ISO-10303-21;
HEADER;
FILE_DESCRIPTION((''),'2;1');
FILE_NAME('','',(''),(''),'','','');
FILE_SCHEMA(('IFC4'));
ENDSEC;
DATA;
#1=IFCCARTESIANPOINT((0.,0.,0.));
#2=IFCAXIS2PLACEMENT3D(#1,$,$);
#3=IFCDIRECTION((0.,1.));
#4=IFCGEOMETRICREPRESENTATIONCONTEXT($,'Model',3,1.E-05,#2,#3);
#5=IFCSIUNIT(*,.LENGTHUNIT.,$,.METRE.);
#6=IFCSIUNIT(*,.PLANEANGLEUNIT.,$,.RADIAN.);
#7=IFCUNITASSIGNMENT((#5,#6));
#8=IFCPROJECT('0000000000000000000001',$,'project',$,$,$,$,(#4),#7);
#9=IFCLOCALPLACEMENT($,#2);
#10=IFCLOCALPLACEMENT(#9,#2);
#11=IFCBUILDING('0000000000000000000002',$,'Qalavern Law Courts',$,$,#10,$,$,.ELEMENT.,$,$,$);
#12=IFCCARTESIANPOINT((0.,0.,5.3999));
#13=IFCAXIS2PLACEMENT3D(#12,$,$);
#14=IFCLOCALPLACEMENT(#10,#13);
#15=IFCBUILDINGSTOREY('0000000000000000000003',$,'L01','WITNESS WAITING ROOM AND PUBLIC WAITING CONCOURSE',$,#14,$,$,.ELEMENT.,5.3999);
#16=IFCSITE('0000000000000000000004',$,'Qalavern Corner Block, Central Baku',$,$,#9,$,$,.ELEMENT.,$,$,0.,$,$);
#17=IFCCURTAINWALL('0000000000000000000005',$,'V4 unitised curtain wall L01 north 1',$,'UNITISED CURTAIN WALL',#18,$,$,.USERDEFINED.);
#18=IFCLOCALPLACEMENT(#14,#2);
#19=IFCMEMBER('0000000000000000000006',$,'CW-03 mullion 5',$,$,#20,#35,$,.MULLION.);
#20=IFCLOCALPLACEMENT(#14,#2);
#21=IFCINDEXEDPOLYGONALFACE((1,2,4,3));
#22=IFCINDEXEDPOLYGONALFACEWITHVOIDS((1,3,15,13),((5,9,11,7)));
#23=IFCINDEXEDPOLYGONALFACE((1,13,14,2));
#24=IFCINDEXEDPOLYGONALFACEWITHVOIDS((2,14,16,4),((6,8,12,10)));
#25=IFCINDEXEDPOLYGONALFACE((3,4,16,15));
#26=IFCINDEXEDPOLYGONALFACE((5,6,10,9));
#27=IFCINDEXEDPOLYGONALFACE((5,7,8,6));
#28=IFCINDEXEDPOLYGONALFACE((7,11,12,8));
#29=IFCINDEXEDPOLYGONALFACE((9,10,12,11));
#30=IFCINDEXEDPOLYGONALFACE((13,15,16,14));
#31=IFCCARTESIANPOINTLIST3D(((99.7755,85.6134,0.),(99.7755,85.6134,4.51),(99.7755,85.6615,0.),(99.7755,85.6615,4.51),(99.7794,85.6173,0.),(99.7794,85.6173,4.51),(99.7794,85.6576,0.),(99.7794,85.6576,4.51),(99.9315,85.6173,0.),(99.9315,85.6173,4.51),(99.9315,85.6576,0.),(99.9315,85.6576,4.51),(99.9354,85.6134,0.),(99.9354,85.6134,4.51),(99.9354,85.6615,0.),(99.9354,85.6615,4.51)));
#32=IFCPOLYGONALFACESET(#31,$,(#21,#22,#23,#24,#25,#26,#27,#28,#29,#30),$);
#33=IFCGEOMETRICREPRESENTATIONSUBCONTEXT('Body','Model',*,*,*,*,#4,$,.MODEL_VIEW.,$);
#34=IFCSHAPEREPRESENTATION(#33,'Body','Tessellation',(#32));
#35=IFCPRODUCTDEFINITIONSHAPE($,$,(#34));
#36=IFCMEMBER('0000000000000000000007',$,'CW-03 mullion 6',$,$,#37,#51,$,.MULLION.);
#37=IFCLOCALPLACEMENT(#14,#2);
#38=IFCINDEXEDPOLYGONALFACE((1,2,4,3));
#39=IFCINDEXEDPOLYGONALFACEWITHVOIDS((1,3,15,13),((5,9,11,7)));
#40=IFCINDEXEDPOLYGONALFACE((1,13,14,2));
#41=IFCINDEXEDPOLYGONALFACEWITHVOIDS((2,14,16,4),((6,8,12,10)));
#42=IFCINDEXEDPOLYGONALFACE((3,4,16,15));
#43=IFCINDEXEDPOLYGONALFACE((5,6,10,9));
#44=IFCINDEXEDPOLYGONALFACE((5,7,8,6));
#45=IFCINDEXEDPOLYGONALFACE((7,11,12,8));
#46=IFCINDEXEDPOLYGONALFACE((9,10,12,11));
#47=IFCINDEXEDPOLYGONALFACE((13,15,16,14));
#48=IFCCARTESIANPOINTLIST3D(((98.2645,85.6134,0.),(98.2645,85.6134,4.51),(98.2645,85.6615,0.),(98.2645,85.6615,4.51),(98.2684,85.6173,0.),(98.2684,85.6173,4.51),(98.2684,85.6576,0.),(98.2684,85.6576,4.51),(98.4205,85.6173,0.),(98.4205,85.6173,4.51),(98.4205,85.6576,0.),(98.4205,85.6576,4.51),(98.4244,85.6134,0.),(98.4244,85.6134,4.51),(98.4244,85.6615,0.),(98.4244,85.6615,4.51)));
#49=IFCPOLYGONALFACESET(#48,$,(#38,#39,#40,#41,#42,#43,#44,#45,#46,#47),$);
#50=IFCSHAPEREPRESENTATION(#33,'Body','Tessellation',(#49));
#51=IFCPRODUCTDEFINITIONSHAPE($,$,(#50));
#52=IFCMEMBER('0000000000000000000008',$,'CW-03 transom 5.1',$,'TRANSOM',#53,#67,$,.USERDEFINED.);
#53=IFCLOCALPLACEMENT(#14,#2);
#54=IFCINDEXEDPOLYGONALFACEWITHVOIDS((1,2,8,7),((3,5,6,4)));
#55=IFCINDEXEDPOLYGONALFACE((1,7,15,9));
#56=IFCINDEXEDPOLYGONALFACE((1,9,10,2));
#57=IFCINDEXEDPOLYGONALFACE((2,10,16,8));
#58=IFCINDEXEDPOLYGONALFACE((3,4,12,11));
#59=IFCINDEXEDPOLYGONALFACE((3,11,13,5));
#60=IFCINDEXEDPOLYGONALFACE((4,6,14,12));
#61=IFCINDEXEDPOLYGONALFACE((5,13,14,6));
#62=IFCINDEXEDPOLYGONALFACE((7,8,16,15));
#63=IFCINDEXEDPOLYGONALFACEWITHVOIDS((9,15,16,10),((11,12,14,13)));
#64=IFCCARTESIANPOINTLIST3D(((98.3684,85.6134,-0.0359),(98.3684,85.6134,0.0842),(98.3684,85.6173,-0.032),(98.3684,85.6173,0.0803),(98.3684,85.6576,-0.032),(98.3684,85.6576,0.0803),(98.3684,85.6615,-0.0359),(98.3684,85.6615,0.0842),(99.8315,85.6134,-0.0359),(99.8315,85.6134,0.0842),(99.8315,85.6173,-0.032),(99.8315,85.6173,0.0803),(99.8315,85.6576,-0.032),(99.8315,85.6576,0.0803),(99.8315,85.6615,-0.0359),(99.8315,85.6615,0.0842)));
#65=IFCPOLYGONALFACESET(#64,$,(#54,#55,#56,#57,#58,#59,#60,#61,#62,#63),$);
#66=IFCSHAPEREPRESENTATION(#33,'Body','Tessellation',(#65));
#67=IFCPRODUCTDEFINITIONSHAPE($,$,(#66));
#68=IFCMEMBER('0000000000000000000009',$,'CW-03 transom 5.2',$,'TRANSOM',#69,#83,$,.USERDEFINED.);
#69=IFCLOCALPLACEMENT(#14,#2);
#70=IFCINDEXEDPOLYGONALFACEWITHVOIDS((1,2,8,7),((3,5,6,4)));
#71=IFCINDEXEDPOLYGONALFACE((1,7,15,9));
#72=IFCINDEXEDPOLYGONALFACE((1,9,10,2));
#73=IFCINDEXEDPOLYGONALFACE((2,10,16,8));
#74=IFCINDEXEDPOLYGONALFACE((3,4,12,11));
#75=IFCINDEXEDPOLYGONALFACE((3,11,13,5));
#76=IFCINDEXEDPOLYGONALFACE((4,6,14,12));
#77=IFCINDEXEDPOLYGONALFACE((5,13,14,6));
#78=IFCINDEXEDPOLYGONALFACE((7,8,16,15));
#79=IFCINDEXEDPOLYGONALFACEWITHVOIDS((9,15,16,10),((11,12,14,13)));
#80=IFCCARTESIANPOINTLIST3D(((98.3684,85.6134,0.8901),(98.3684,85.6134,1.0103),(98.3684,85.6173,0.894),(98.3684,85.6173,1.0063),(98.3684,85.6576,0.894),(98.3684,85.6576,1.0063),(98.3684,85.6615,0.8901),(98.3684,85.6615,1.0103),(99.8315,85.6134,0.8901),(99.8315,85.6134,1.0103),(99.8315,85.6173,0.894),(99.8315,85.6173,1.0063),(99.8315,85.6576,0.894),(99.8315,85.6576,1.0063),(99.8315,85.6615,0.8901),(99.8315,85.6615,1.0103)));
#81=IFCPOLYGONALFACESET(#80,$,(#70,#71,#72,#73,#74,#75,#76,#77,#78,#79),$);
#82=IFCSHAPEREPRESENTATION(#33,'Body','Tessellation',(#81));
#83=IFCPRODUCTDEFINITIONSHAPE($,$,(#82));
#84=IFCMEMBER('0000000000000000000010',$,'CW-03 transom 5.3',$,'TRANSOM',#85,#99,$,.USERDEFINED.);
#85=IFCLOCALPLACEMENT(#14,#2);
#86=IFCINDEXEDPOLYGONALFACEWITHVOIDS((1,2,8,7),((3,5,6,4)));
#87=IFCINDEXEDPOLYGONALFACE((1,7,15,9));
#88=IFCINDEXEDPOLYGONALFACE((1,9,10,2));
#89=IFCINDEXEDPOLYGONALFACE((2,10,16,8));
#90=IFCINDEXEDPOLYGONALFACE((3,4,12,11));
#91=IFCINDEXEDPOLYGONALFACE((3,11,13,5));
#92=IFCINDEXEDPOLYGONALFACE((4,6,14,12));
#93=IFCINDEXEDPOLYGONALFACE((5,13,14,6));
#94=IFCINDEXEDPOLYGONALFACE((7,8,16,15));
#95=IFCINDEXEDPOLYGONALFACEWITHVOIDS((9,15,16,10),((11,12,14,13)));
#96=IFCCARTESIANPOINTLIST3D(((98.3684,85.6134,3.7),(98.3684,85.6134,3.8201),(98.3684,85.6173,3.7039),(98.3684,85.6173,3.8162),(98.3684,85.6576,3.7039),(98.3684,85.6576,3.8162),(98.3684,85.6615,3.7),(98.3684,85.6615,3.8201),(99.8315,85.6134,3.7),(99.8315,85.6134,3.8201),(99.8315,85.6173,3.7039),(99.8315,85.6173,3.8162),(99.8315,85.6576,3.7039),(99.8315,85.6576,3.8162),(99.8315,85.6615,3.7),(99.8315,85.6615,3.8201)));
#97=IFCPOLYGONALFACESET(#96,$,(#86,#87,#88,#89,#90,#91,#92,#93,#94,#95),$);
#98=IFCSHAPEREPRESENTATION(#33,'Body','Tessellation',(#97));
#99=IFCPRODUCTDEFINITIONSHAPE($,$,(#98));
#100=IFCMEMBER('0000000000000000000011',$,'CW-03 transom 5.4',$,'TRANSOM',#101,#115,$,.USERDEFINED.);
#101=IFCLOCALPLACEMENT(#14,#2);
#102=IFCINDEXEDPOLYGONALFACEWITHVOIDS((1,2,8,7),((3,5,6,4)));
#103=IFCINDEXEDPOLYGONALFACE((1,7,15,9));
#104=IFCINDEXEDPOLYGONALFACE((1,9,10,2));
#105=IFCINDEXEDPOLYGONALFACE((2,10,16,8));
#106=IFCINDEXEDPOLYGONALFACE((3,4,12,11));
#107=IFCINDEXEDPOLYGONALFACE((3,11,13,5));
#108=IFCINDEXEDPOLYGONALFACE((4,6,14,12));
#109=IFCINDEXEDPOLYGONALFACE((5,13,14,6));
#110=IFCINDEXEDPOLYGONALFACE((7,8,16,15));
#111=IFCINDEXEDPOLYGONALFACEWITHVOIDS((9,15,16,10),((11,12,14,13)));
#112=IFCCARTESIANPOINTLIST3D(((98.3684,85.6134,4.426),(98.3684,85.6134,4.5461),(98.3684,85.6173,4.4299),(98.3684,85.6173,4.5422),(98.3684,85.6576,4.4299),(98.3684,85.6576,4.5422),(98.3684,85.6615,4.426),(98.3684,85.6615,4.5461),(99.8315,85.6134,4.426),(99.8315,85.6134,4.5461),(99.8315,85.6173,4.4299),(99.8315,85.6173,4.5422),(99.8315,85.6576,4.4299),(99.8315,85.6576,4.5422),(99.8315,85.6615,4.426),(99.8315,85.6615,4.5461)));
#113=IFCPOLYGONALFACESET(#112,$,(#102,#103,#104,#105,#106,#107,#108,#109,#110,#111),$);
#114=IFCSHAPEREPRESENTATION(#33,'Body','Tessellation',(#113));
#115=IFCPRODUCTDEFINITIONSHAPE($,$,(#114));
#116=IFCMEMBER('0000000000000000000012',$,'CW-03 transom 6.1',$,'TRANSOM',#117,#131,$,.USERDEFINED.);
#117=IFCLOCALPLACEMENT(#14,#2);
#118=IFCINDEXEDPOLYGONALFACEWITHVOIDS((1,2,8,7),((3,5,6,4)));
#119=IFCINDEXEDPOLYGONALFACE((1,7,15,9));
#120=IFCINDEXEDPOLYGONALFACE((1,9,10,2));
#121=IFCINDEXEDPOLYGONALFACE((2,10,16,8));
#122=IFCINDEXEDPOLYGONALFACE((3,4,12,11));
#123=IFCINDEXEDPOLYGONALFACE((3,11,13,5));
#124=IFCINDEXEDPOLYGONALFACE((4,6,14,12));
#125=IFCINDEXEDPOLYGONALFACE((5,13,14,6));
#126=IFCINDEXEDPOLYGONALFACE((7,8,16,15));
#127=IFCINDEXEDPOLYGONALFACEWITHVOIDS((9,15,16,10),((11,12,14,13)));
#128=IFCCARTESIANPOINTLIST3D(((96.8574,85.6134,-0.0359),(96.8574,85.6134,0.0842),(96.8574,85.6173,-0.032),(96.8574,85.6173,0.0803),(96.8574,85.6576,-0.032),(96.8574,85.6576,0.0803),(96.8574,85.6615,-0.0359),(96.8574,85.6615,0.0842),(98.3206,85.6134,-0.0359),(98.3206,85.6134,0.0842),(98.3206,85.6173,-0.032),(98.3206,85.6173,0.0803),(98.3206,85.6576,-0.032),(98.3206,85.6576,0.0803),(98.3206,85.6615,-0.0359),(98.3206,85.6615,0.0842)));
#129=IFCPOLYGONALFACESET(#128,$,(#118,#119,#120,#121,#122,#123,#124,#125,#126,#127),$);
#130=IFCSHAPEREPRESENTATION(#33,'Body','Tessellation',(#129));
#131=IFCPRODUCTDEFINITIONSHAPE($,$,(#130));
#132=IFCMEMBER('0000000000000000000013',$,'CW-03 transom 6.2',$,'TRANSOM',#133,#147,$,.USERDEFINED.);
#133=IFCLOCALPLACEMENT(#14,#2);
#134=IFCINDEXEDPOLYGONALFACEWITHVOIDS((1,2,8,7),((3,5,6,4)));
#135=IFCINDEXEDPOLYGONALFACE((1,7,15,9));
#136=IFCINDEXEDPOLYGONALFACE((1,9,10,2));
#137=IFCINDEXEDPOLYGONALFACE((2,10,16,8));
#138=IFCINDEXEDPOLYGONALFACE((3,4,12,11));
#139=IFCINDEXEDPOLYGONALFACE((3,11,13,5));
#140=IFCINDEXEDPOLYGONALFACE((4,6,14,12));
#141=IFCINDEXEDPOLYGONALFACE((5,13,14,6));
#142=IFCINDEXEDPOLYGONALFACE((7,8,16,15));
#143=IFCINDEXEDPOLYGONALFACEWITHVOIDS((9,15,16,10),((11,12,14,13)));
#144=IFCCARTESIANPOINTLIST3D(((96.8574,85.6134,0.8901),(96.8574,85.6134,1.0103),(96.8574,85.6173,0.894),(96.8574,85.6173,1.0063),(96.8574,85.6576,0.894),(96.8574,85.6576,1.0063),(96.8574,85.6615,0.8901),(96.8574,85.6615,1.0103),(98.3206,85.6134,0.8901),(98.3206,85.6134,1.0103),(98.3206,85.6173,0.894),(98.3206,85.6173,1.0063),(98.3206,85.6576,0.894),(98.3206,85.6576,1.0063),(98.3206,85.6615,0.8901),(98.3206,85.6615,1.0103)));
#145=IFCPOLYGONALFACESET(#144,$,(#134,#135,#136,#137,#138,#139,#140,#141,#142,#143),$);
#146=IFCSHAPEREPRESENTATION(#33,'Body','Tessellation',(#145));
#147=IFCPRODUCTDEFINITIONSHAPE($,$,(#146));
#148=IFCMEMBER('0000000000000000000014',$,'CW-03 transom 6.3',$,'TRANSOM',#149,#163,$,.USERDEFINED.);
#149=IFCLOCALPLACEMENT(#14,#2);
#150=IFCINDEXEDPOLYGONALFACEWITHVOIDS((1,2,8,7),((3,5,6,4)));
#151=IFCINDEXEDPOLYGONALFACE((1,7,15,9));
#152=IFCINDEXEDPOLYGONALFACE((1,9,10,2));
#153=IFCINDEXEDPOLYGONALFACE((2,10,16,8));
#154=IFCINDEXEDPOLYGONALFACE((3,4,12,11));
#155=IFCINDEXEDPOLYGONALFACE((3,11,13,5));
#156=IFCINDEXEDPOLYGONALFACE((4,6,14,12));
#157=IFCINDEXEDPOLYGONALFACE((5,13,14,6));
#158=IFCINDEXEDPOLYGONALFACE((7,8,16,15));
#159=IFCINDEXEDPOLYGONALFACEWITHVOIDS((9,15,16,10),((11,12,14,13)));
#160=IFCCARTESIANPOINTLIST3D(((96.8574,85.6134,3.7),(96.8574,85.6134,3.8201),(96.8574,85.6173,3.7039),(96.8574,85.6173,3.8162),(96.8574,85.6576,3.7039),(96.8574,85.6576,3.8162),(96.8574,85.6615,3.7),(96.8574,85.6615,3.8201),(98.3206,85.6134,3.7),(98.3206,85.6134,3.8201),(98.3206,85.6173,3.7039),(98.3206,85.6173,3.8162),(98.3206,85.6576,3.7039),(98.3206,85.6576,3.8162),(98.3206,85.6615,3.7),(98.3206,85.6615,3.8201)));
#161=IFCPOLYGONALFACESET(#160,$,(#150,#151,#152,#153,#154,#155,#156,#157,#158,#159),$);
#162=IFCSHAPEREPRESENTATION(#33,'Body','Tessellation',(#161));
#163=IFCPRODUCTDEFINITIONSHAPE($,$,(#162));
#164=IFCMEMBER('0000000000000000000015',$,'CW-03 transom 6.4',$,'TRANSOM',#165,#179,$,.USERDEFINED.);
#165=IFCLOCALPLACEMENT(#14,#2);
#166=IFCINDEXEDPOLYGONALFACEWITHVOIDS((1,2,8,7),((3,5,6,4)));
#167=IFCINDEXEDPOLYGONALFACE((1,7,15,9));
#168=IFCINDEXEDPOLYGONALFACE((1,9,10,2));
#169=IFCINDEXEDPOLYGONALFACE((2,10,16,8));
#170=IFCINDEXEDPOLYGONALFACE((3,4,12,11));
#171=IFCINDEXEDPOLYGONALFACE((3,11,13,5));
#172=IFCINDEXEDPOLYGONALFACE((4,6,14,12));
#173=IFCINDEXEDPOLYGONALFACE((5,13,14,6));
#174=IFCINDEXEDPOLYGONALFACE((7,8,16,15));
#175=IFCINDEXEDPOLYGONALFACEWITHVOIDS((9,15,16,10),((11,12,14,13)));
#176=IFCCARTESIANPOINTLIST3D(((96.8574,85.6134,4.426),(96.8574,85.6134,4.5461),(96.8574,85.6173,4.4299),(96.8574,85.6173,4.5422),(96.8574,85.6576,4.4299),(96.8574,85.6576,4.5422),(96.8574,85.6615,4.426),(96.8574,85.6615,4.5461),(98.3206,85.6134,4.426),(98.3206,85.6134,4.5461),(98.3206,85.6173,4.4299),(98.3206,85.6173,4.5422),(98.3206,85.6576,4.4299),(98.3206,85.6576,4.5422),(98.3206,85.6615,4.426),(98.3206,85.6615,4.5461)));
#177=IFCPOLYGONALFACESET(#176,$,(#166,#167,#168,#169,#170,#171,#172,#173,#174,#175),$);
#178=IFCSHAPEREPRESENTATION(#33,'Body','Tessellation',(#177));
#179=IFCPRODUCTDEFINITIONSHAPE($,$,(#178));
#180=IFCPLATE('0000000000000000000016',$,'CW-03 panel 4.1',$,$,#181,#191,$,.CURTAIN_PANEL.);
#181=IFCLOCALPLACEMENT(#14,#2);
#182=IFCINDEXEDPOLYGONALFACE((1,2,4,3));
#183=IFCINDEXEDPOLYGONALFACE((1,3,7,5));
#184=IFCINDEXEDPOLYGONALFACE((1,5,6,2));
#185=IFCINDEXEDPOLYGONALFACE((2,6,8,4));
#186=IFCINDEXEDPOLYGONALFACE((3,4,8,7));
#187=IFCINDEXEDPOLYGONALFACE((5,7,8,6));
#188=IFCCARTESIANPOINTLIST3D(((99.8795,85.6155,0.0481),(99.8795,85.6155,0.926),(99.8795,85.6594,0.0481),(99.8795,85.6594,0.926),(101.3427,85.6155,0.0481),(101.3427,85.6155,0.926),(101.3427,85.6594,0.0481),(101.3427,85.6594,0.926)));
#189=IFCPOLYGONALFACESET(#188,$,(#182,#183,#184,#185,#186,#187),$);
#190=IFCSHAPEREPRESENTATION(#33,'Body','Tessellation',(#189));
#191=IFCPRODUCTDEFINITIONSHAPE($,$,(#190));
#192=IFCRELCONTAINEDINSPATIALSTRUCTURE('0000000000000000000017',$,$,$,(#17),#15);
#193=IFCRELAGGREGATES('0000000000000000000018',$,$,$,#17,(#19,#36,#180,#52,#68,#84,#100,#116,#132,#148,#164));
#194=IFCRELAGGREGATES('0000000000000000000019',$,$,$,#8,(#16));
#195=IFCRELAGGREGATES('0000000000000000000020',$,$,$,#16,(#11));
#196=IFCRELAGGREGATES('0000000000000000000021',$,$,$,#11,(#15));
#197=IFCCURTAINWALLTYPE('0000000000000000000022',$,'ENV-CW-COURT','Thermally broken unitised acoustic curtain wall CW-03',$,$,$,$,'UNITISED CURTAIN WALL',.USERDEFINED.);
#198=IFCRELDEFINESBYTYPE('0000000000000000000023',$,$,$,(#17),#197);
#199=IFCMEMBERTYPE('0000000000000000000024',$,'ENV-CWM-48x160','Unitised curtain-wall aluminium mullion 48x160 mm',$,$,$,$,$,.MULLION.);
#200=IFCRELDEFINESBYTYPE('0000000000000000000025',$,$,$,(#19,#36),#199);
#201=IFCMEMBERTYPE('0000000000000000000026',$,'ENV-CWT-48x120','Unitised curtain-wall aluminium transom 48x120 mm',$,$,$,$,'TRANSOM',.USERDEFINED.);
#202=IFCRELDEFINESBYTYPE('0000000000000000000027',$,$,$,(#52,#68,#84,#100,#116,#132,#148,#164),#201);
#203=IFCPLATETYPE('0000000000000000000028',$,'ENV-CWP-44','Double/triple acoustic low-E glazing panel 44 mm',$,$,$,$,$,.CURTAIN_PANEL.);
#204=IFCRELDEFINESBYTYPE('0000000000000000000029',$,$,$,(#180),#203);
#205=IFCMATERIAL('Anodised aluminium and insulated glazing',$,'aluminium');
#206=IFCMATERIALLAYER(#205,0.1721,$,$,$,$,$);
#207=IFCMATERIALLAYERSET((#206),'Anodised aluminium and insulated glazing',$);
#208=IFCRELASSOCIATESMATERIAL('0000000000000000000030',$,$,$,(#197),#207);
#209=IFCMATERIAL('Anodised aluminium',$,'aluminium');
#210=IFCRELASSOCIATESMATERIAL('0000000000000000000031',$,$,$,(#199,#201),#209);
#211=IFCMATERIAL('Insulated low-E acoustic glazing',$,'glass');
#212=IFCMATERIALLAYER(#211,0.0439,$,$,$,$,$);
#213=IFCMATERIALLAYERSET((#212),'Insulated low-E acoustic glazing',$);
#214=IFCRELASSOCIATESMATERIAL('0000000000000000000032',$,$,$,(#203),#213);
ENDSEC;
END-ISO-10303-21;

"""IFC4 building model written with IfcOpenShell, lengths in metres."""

from ifc_helpers import new_model, si_unit, direction, frame, origin, origin_2d, place, context, subcontext, project, spatial, rectangle, hollow_rectangle, extrude, material, layer, layer_set, material_profile, profile_set, type_object, element, aggregate, save


model = new_model("IFC4")

# Units and contexts
model_context = context("Model", 3, precision=1e-05, world=origin(), true_north=direction((0.0, 1.0)))
body_context = subcontext(model_context, "Body", "Model", "MODEL_VIEW")
ifc_project = project(units=[si_unit("LENGTHUNIT", "METRE"), si_unit("PLANEANGLEUNIT", "RADIAN")], contexts=[model_context])

# Site, building, storey
site_placement = place(None, origin())
site = spatial("IfcSite", under=ifc_project, at=site_placement, Name="Qalavern Corner Block, Central Baku", CompositionType="ELEMENT", RefElevation=0.0)
building_placement = place(site_placement, origin())
building = spatial("IfcBuilding", under=site, at=building_placement, Name="Qalavern Law Courts", CompositionType="ELEMENT")
storey_placement = place(building_placement, frame((0.0, 0.0, 5.3999)))
storey = spatial("IfcBuildingStorey", under=building, at=storey_placement, Name="L01", Description="WITNESS WAITING ROOM AND PUBLIC WAITING CONCOURSE", CompositionType="ELEMENT", Elevation=5.3999)

# Curtain wall, members, plate
ifc_material_1 = material(Name="Anodised aluminium and insulated glazing", Category="aluminium")
ifc_layer_1 = layer(ifc_material_1, 0.1721)
ifc_layer_set_1 = layer_set([ifc_layer_1], Name="Anodised aluminium and insulated glazing")
curtain_wall_type = type_object("IfcCurtainWallType", Name="ENV-CW-COURT", Description="Thermally broken unitised acoustic curtain wall CW-03", ElementType="UNITISED CURTAIN WALL", PredefinedType="USERDEFINED", material=ifc_layer_set_1)
curtain_wall_placement = place(storey_placement, origin())
curtain_wall = element("IfcCurtainWall", 1, at=curtain_wall_placement, inside=storey, type_object=curtain_wall_type, Name="V4 unitised curtain wall L01 north 1", ObjectType="UNITISED CURTAIN WALL", PredefinedType="USERDEFINED")
ifc_material_2 = material(Name="Anodised aluminium", Category="aluminium")
ifc_material_profile_1 = material_profile(ifc_material_2, hollow_rectangle(XDim=0.0481, YDim=0.1599, WallThickness=0.0039, at=origin_2d()), Name="ALU MULLION 48x160")
ifc_profile_set_1 = profile_set([ifc_material_profile_1], Name="Anodised aluminium")
member_type_1 = type_object("IfcMemberType", Name="ENV-CWM-48x160", Description="Unitised curtain-wall aluminium mullion 48x160 mm", PredefinedType="MULLION", material=ifc_profile_set_1)
member_1_placement = place(storey_placement, frame((99.8555, 85.6375, 0.0), z_axis=(0.0, 0.0, 1.0), x_axis=(0.0, -1.0, 0.0)))
member_1 = element("IfcMember", 2, at=member_1_placement, type_object=member_type_1, Name="CW-03 mullion 5", PredefinedType="MULLION", context=body_context, shape_type="SweptSolid", body=[
    extrude(hollow_rectangle(XDim=0.0481, YDim=0.1599, WallThickness=0.0039, at=origin_2d()), origin(), (0.0, 0.0, 1.0), 4.51),
])
member_2_placement = place(storey_placement, frame((98.3445, 85.6375, 0.0), z_axis=(0.0, 0.0, 1.0), x_axis=(0.0, -1.0, 0.0)))
member_2 = element("IfcMember", 3, at=member_2_placement, type_object=member_type_1, Name="CW-03 mullion 6", PredefinedType="MULLION", context=body_context, shape_type="SweptSolid", body=[
    extrude(hollow_rectangle(XDim=0.0481, YDim=0.1599, WallThickness=0.0039, at=origin_2d()), origin(), (0.0, 0.0, 1.0), 4.51),
])
ifc_material_profile_2 = material_profile(ifc_material_2, hollow_rectangle(XDim=0.0481, YDim=0.1201, WallThickness=0.0039, at=origin_2d()), Name="ALU TRANSOM 48x120")
ifc_profile_set_2 = profile_set([ifc_material_profile_2], Name="Anodised aluminium")
member_type_2 = type_object("IfcMemberType", Name="ENV-CWT-48x120", Description="Unitised curtain-wall aluminium transom 48x120 mm", ElementType="TRANSOM", PredefinedType="USERDEFINED", material=ifc_profile_set_2)
member_3_placement = place(storey_placement, frame((99.8315, 85.6375, 0.0242), z_axis=(-1.0, 0.0, 0.0), x_axis=(0.0, -1.0, 0.0)))
member_3 = element("IfcMember", 4, at=member_3_placement, type_object=member_type_2, Name="CW-03 transom 5.1", ObjectType="TRANSOM", PredefinedType="USERDEFINED", context=body_context, shape_type="SweptSolid", body=[
    extrude(hollow_rectangle(XDim=0.0481, YDim=0.1201, WallThickness=0.0039, at=origin_2d()), origin(), (0.0, 0.0, 1.0), 1.4631),
])
member_4_placement = place(storey_placement, frame((99.8315, 85.6375, 0.9502), z_axis=(-1.0, 0.0, 0.0), x_axis=(0.0, -1.0, 0.0)))
member_4 = element("IfcMember", 5, at=member_4_placement, type_object=member_type_2, Name="CW-03 transom 5.2", ObjectType="TRANSOM", PredefinedType="USERDEFINED", context=body_context, shape_type="SweptSolid", body=[
    extrude(hollow_rectangle(XDim=0.0481, YDim=0.1201, WallThickness=0.0039, at=origin_2d()), origin(), (0.0, 0.0, 1.0), 1.4631),
])
member_5_placement = place(storey_placement, frame((99.8315, 85.6375, 3.76), z_axis=(-1.0, 0.0, 0.0), x_axis=(0.0, -1.0, 0.0)))
member_5 = element("IfcMember", 6, at=member_5_placement, type_object=member_type_2, Name="CW-03 transom 5.3", ObjectType="TRANSOM", PredefinedType="USERDEFINED", context=body_context, shape_type="SweptSolid", body=[
    extrude(hollow_rectangle(XDim=0.0481, YDim=0.1201, WallThickness=0.0039, at=origin_2d()), origin(), (0.0, 0.0, 1.0), 1.4631),
])
member_6_placement = place(storey_placement, frame((99.8315, 85.6375, 4.4861), z_axis=(-1.0, 0.0, 0.0), x_axis=(0.0, -1.0, 0.0)))
member_6 = element("IfcMember", 7, at=member_6_placement, type_object=member_type_2, Name="CW-03 transom 5.4", ObjectType="TRANSOM", PredefinedType="USERDEFINED", context=body_context, shape_type="SweptSolid", body=[
    extrude(hollow_rectangle(XDim=0.0481, YDim=0.1201, WallThickness=0.0039, at=origin_2d()), origin(), (0.0, 0.0, 1.0), 1.4631),
])
member_7_placement = place(storey_placement, frame((98.3206, 85.6375, 0.0242), z_axis=(-1.0, 0.0, 0.0), x_axis=(0.0, -1.0, 0.0)))
member_7 = element("IfcMember", 8, at=member_7_placement, type_object=member_type_2, Name="CW-03 transom 6.1", ObjectType="TRANSOM", PredefinedType="USERDEFINED", context=body_context, shape_type="SweptSolid", body=[
    extrude(hollow_rectangle(XDim=0.0481, YDim=0.1201, WallThickness=0.0039, at=origin_2d()), origin(), (0.0, 0.0, 1.0), 1.4631),
])
member_8_placement = place(storey_placement, frame((98.3206, 85.6375, 0.9502), z_axis=(-1.0, 0.0, 0.0), x_axis=(0.0, -1.0, 0.0)))
member_8 = element("IfcMember", 9, at=member_8_placement, type_object=member_type_2, Name="CW-03 transom 6.2", ObjectType="TRANSOM", PredefinedType="USERDEFINED", context=body_context, shape_type="SweptSolid", body=[
    extrude(hollow_rectangle(XDim=0.0481, YDim=0.1201, WallThickness=0.0039, at=origin_2d()), origin(), (0.0, 0.0, 1.0), 1.4631),
])
member_9_placement = place(storey_placement, frame((98.3206, 85.6375, 3.76), z_axis=(-1.0, 0.0, 0.0), x_axis=(0.0, -1.0, 0.0)))
member_9 = element("IfcMember", 10, at=member_9_placement, type_object=member_type_2, Name="CW-03 transom 6.3", ObjectType="TRANSOM", PredefinedType="USERDEFINED", context=body_context, shape_type="SweptSolid", body=[
    extrude(hollow_rectangle(XDim=0.0481, YDim=0.1201, WallThickness=0.0039, at=origin_2d()), origin(), (0.0, 0.0, 1.0), 1.4631),
])
member_10_placement = place(storey_placement, frame((98.3206, 85.6375, 4.4861), z_axis=(-1.0, 0.0, 0.0), x_axis=(0.0, -1.0, 0.0)))
member_10 = element("IfcMember", 11, at=member_10_placement, type_object=member_type_2, Name="CW-03 transom 6.4", ObjectType="TRANSOM", PredefinedType="USERDEFINED", context=body_context, shape_type="SweptSolid", body=[
    extrude(hollow_rectangle(XDim=0.0481, YDim=0.1201, WallThickness=0.0039, at=origin_2d()), origin(), (0.0, 0.0, 1.0), 1.4631),
])
ifc_material_3 = material(Name="Insulated low-E acoustic glazing", Category="glass")
ifc_layer_2 = layer(ifc_material_3, 0.0439)
ifc_layer_set_2 = layer_set([ifc_layer_2], Name="Insulated low-E acoustic glazing")
plate_type = type_object("IfcPlateType", Name="ENV-CWP-44", Description="Double/triple acoustic low-E glazing panel 44 mm", PredefinedType="CURTAIN_PANEL", material=ifc_layer_set_2)
plate_1_placement = place(storey_placement, frame((100.6111, 85.6375, 0.0481), z_axis=(0.0, 0.0, 1.0), x_axis=(-1.0, 0.0, 0.0)))
plate_1 = element("IfcPlate", 12, at=plate_1_placement, type_object=plate_type, Name="CW-03 panel 4.1", PredefinedType="CURTAIN_PANEL", context=body_context, shape_type="SweptSolid", body=[
    extrude(rectangle(XDim=1.4631, YDim=0.0439, at=origin_2d()), origin(), (0.0, 0.0, 1.0), 0.8779),
])
aggregate(curtain_wall, [member_1, member_2, plate_1, member_3, member_4, member_5, member_6, member_7, member_8, member_9, member_10])

save(model, "model.ifc")
